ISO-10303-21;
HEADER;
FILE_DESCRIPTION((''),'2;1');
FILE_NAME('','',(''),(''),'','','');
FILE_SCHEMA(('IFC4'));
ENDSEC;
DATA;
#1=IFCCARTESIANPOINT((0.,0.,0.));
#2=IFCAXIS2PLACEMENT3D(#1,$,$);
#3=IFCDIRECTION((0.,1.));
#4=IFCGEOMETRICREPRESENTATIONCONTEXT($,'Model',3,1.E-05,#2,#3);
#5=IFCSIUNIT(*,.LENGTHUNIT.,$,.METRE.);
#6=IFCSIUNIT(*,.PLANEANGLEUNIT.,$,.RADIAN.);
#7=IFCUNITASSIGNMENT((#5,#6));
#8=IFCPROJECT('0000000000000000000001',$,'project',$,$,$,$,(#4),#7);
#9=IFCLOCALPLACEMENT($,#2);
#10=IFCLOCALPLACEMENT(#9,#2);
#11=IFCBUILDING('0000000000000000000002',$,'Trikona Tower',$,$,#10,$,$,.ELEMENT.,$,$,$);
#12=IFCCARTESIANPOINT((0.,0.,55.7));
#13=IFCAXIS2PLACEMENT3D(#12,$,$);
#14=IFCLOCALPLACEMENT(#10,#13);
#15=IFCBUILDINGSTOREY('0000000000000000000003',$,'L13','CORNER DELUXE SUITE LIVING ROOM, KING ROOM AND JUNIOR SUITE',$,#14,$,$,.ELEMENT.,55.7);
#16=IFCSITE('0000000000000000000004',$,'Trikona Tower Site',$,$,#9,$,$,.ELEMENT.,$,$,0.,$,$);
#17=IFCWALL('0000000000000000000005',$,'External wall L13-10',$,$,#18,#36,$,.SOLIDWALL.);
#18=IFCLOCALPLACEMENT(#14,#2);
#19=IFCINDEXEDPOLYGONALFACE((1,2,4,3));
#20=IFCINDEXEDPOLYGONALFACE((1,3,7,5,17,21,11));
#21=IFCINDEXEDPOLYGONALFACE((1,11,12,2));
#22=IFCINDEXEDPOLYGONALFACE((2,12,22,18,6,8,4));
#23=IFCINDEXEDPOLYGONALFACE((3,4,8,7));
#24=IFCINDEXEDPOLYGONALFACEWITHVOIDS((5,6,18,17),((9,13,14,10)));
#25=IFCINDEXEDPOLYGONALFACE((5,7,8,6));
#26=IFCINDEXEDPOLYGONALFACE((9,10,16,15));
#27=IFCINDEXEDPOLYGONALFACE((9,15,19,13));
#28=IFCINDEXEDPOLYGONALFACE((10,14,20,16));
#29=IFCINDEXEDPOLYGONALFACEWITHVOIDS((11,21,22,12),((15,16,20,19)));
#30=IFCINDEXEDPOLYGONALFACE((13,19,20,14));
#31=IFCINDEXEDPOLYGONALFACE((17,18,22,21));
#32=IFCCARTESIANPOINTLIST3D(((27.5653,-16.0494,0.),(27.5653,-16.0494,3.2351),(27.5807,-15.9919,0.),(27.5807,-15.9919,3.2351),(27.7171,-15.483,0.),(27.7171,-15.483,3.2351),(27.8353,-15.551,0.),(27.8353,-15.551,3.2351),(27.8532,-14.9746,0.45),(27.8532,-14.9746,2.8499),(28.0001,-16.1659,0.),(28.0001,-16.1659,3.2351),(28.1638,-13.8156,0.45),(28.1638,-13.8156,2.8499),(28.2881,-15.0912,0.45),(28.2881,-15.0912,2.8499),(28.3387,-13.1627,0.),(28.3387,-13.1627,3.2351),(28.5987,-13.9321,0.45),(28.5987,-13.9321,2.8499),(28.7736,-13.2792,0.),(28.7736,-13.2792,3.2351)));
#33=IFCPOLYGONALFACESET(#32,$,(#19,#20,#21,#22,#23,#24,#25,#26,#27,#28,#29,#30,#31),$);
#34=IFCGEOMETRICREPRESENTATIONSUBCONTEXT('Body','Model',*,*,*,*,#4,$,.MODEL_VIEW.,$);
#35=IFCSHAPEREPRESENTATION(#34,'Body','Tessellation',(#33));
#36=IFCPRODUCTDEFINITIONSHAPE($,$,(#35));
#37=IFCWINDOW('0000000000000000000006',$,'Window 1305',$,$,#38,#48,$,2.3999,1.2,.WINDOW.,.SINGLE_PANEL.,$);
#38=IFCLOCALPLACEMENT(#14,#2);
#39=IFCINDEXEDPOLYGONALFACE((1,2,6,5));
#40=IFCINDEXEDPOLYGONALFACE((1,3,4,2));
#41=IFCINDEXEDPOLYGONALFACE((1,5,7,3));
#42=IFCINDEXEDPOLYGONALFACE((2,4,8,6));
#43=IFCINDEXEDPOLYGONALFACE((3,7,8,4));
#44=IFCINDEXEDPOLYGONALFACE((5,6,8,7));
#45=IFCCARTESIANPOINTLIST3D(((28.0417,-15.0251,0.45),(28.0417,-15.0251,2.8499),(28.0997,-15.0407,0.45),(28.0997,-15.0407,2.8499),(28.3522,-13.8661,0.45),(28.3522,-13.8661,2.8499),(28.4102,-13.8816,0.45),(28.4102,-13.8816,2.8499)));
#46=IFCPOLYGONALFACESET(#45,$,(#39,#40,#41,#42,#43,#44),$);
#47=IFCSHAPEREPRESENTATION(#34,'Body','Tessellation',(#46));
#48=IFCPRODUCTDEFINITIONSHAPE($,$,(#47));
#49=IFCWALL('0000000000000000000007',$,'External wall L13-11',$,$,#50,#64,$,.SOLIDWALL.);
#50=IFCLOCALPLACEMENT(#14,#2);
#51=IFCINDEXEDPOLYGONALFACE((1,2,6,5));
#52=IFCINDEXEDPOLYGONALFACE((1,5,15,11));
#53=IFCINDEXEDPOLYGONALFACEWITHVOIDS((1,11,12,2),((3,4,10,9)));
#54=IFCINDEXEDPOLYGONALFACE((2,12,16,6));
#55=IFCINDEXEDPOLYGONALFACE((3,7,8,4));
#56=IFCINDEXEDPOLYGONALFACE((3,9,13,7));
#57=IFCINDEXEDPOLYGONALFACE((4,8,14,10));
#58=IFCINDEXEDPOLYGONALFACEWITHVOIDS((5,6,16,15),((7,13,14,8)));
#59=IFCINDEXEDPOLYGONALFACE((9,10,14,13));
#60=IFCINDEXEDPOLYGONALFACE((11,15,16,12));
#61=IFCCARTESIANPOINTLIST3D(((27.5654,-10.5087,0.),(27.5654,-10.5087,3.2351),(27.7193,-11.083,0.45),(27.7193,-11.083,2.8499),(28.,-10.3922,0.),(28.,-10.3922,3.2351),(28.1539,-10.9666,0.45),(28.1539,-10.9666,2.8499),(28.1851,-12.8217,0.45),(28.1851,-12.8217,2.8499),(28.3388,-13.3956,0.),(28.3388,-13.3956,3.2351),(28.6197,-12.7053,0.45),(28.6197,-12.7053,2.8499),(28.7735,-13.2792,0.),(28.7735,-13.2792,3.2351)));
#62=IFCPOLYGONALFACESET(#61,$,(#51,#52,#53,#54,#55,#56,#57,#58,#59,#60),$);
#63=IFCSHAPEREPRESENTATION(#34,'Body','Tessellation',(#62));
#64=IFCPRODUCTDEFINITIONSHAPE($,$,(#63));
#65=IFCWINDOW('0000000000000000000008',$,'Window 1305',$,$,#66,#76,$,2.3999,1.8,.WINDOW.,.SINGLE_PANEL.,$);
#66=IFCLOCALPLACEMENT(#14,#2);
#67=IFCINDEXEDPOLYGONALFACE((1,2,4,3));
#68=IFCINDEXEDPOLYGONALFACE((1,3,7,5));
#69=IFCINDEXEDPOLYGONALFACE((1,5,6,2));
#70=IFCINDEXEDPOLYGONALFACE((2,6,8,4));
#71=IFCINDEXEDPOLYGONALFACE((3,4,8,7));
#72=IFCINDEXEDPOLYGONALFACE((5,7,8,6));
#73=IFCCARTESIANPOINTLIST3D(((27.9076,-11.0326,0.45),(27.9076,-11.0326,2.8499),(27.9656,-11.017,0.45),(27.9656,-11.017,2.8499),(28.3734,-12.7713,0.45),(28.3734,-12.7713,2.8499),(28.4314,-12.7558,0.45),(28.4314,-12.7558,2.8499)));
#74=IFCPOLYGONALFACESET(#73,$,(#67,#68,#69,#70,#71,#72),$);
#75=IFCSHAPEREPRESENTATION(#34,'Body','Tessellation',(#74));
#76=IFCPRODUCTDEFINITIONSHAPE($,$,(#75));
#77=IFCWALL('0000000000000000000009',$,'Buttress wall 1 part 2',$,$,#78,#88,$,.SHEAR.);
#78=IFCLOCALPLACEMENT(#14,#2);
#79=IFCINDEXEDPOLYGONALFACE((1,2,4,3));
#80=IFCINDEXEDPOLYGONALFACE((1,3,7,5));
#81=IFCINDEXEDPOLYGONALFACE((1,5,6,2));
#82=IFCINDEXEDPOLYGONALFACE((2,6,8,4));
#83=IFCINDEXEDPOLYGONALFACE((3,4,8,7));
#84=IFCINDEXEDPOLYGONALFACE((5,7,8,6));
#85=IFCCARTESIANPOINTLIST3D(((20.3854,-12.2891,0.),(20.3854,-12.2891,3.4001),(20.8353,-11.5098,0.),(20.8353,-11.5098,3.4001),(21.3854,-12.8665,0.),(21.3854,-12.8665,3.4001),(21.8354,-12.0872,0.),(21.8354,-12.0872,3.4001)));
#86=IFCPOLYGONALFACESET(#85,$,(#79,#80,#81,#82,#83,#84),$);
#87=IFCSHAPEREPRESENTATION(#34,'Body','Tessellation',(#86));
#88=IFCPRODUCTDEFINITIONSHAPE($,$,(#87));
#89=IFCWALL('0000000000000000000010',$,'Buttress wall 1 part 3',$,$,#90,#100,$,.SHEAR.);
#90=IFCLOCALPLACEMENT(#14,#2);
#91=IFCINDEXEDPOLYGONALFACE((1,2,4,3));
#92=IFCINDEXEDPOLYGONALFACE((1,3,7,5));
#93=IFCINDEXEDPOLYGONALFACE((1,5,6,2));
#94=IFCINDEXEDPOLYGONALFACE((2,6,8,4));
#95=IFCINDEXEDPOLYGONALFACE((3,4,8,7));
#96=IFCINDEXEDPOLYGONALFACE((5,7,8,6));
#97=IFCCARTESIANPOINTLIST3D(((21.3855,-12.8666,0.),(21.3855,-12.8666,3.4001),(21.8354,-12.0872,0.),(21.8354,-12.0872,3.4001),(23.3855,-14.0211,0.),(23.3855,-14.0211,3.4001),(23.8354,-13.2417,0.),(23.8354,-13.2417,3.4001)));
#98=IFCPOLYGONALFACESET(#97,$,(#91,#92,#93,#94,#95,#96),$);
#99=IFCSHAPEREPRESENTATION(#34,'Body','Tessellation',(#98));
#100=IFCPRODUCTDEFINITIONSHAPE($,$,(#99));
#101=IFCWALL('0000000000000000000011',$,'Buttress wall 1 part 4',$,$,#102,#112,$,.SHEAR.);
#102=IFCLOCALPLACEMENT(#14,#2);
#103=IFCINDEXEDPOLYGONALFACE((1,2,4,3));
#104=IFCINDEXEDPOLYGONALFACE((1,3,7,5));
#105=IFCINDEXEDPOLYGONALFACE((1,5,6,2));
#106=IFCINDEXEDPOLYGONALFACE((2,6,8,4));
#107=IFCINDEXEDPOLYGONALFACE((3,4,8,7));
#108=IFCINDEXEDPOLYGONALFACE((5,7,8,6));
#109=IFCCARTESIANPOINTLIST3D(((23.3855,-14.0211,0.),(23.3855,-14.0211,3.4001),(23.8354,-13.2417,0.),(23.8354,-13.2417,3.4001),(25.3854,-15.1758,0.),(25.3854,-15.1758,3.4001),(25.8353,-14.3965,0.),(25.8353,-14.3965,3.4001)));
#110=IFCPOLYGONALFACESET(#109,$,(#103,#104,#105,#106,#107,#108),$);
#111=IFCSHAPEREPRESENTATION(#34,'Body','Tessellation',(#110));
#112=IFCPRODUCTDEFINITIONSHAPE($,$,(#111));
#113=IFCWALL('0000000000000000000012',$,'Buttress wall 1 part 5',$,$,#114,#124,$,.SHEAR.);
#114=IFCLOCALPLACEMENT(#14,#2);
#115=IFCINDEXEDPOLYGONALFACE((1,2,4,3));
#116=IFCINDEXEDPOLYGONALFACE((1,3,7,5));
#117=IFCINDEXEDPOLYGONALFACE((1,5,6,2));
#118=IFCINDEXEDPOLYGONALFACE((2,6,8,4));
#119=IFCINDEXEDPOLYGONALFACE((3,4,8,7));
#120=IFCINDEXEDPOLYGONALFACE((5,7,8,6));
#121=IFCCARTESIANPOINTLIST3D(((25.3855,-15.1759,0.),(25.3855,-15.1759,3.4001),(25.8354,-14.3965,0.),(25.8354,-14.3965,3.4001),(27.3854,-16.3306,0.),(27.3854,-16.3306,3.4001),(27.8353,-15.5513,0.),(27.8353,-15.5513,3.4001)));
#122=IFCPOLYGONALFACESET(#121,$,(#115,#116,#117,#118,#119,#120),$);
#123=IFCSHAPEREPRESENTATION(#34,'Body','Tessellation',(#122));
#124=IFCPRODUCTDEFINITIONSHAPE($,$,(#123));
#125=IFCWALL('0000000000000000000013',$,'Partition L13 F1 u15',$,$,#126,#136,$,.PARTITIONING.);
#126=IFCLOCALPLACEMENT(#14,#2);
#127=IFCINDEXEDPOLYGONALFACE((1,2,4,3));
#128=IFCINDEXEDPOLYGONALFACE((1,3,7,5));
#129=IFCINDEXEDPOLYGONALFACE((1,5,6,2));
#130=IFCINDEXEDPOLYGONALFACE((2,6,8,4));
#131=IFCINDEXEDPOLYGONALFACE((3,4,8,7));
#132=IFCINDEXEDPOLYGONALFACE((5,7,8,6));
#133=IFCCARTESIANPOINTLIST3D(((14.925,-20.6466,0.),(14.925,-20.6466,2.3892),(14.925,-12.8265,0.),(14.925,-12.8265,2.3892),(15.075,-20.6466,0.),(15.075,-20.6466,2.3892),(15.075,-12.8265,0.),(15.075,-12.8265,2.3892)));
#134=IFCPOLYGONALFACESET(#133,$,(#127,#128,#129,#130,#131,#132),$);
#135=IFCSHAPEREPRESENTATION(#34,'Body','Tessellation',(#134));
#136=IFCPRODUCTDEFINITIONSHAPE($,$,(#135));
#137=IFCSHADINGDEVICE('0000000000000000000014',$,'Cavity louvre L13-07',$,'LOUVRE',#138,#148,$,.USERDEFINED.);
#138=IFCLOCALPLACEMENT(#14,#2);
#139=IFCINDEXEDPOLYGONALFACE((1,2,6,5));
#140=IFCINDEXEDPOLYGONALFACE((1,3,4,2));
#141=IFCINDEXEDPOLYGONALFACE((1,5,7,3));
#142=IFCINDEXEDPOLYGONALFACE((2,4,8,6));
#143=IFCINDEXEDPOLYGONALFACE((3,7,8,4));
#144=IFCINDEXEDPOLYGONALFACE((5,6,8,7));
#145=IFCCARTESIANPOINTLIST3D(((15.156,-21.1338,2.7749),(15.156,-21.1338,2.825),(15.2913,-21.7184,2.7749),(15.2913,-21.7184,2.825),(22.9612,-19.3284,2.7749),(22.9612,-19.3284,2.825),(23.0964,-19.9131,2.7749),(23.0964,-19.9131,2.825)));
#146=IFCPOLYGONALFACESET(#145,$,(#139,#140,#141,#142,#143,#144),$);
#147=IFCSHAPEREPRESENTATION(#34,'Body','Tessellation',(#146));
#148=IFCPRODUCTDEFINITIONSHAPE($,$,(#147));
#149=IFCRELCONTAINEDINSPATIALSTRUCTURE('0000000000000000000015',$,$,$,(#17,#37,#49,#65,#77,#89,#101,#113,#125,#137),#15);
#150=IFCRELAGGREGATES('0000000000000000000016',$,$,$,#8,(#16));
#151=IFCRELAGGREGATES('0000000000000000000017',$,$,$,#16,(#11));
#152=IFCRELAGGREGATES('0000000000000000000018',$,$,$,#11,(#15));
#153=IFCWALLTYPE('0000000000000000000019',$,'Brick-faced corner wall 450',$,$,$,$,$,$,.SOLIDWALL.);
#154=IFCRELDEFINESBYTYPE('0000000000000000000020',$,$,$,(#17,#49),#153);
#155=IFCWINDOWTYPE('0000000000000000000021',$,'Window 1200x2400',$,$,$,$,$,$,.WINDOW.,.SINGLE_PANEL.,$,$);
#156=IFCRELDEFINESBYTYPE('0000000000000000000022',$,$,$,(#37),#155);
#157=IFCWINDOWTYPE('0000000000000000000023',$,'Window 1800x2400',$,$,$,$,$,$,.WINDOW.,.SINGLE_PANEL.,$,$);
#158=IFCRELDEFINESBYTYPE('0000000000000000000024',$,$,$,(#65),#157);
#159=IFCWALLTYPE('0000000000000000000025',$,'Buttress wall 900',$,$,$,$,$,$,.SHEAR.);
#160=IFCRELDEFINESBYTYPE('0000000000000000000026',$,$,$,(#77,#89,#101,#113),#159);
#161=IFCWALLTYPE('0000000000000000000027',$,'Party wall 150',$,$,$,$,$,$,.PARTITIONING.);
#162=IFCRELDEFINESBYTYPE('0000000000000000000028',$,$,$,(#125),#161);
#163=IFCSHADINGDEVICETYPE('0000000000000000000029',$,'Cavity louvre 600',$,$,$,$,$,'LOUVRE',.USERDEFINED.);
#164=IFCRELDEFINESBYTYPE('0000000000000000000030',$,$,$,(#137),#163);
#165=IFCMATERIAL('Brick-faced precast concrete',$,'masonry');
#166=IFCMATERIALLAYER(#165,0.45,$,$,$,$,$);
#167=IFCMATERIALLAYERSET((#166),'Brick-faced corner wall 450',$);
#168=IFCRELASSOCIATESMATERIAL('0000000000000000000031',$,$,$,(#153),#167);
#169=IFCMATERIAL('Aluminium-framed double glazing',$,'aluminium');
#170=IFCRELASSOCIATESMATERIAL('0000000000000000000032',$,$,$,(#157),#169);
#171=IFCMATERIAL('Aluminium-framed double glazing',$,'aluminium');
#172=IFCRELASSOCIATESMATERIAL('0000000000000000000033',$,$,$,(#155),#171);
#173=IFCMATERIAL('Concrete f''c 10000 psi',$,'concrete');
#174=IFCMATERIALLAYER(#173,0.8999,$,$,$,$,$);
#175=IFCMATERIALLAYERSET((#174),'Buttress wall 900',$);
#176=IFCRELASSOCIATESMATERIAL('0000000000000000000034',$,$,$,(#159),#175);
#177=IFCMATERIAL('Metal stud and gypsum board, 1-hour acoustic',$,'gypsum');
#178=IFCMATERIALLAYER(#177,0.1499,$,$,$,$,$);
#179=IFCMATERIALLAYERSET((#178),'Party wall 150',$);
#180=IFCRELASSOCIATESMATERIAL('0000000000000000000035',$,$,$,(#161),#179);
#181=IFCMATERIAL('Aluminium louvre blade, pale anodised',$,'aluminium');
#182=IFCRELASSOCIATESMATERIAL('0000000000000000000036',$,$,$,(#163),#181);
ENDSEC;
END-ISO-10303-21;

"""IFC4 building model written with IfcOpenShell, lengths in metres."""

from ifc_helpers import new_model, si_unit, direction, frame, frame_2d, origin, origin_2d, place, context, subcontext, project, spatial, polyline, rectangle, outline, extrude, material, layer, layer_set, type_object, element, fill, save


model = new_model("IFC4")

# Units and contexts
model_context = context("Model", 3, precision=1e-05, world=origin(), true_north=direction((0.0, 1.0)))
body_context = subcontext(model_context, "Body", "Model", "MODEL_VIEW")
ifc_project = project(units=[si_unit("LENGTHUNIT", "METRE"), si_unit("PLANEANGLEUNIT", "RADIAN")], contexts=[model_context])

# Site, building, storey
site_placement = place(None, origin())
site = spatial("IfcSite", under=ifc_project, at=site_placement, Name="Trikona Tower Site", CompositionType="ELEMENT", RefElevation=0.0)
building_placement = place(site_placement, origin())
building = spatial("IfcBuilding", under=site, at=building_placement, Name="Trikona Tower", CompositionType="ELEMENT")
storey_placement = place(building_placement, frame((0.0, 0.0, 55.7)))
storey = spatial("IfcBuildingStorey", under=building, at=storey_placement, Name="L13", Description="CORNER DELUXE SUITE LIVING ROOM, KING ROOM AND JUNIOR SUITE", CompositionType="ELEMENT", Elevation=55.7)

# Walls, openings, windows
ifc_material_1 = material(Name="Brick-faced precast concrete", Category="masonry")
ifc_layer_1 = layer(ifc_material_1, 0.45)
ifc_layer_set_1 = layer_set([ifc_layer_1], Name="Brick-faced corner wall 450")
wall_type_1 = type_object("IfcWallType", Name="Brick-faced corner wall 450", PredefinedType="SOLIDWALL", material=ifc_layer_set_1)
ifc_material_2 = material(Name="Aluminium-framed double glazing", Category="aluminium")
window_type_1 = type_object("IfcWindowType", Name="Window 1800x2400", PartitioningType="SINGLE_PANEL", PredefinedType="WINDOW", material=ifc_material_2)
ifc_material_3 = material(Name="Aluminium-framed double glazing", Category="aluminium")
window_type_2 = type_object("IfcWindowType", Name="Window 1200x2400", PartitioningType="SINGLE_PANEL", PredefinedType="WINDOW", material=ifc_material_3)
wall_1_placement = place(storey_placement, frame((27.7827, -16.1077, 0.0), z_axis=(0.0, 0.0, 1.0), x_axis=(0.258801, 0.965931, 0.0)))
wall_1 = element("IfcWall", 1, at=wall_1_placement, inside=storey, type_object=wall_type_1, Name="External wall L13-10", PredefinedType="SOLIDWALL", context=body_context, shape_type="SweptSolid", body=[
    extrude(outline(polyline([(2.9885, 0.2251), (0.5864, 0.2251), (0.5513, 0.0933), (0.0596, 0.2251), (0.0, 0.2251), (0.0, -0.2251), (2.9885, -0.2251), (2.9885, 0.2251)])), origin(), (0.0, 0.0, 1.0), 3.2351),
])
opening_1_placement = place(wall_1_placement, frame((1.1125, 0.0, 0.45)))
opening_1 = element("IfcOpeningElement", 2, at=opening_1_placement, cuts=wall_1, PredefinedType="OPENING", context=body_context, shape_type="SweptSolid", body=[
    extrude(rectangle(XDim=1.2, YDim=2.3999, at=frame_2d((0.6001, 1.2))), frame((0.0, 0.2349, 0.0), z_axis=(0.0, -1.0, 0.0), x_axis=(1.0, 0.0, 0.0)), (0.0, 0.0, 1.0), 0.47),
])
window_1_placement = place(opening_1_placement, origin())
window_1 = element("IfcWindow", 3, at=window_1_placement, inside=storey, type_object=window_type_2, Name="Window 1305", OverallHeight=2.3999, OverallWidth=1.2, PartitioningType="SINGLE_PANEL", PredefinedType="WINDOW", context=body_context, shape_type="SweptSolid", body=[
    extrude(rectangle(XDim=1.2, YDim=2.3999, at=frame_2d((0.6001, 1.2))), frame((0.0, 0.03, 0.0), z_axis=(0.0, -1.0, 0.0), x_axis=(1.0, 0.0, 0.0)), (0.0, 0.0, 1.0), 0.0601),
])
fill(opening_1, window_1)
wall_2_placement = place(storey_placement, frame((28.5562, -13.3374, 0.0), z_axis=(0.0, 0.0, 1.0), x_axis=(-0.258781, 0.965936, 0.0)))
wall_2 = element("IfcWall", 4, at=wall_2_placement, inside=storey, type_object=wall_type_1, Name="External wall L13-11", PredefinedType="SOLIDWALL", context=body_context, shape_type="SweptSolid", body=[
    extrude(rectangle(XDim=2.9888, YDim=0.45, at=frame_2d((1.4944, 0.0))), origin(), (0.0, 0.0, 1.0), 3.2351),
])
opening_2_placement = place(wall_2_placement, frame((0.5942, 0.0, 0.45)))
opening_2 = element("IfcOpeningElement", 5, at=opening_2_placement, cuts=wall_2, PredefinedType="OPENING", context=body_context, shape_type="SweptSolid", body=[
    extrude(rectangle(XDim=1.8, YDim=2.3999, at=frame_2d((0.8999, 1.2))), frame((0.0, 0.2349, 0.0), z_axis=(0.0, -1.0, 0.0), x_axis=(1.0, 0.0, 0.0)), (0.0, 0.0, 1.0), 0.47),
])
window_2_placement = place(opening_2_placement, origin())
window_2 = element("IfcWindow", 6, at=window_2_placement, inside=storey, type_object=window_type_1, Name="Window 1305", OverallHeight=2.3999, OverallWidth=1.8, PartitioningType="SINGLE_PANEL", PredefinedType="WINDOW", context=body_context, shape_type="SweptSolid", body=[
    extrude(rectangle(XDim=1.8, YDim=2.3999, at=frame_2d((0.8999, 1.2))), frame((0.0, 0.03, 0.0), z_axis=(0.0, -1.0, 0.0), x_axis=(1.0, 0.0, 0.0)), (0.0, 0.0, 1.0), 0.0601),
])
fill(opening_2, window_2)

# Walls
ifc_material_4 = material(Name="Concrete f'c 10000 psi", Category="concrete")
ifc_layer_2 = layer(ifc_material_4, 0.8999)
ifc_layer_set_2 = layer_set([ifc_layer_2], Name="Buttress wall 900")
wall_type_2 = type_object("IfcWallType", Name="Buttress wall 900", PredefinedType="SHEAR", material=ifc_layer_set_2)
wall_3_placement = place(storey_placement, frame((20.6104, -11.8994, 0.0), z_axis=(0.0, 0.0, 1.0), x_axis=(0.86601, -0.500027, 0.0)))
element("IfcWall", 7, at=wall_3_placement, inside=storey, type_object=wall_type_2, Name="Buttress wall 1 part 2", PredefinedType="SHEAR", context=body_context, shape_type="SweptSolid", body=[
    extrude(rectangle(XDim=1.1548, YDim=0.8999, at=frame_2d((0.5774, 0.0))), origin(), (0.0, 0.0, 1.0), 3.4001),
])
for number, where, z_axis, x_axis, name in (
    (8, (21.6104, -12.4768, 0.0), (0.0, 0.0, 1.0), (0.866055, -0.499948, 0.0), "Buttress wall 1 part 3"),
    (9, (23.6104, -13.6313, 0.0), (0.0, 0.0, 1.0), (0.86601, -0.500027, 0.0), "Buttress wall 1 part 4"),
    (10, (25.6104, -14.7861, 0.0), (0.0, 0.0, 1.0), (0.86601, -0.500027, 0.0), "Buttress wall 1 part 5"),
):
    element("IfcWall", number, at=place(storey_placement, frame(where, z_axis=z_axis, x_axis=x_axis)), inside=storey, type_object=wall_type_2, Name=name, PredefinedType="SHEAR", context=body_context, shape_type="SweptSolid", body=[
        extrude(rectangle(XDim=2.3093, YDim=0.8999, at=frame_2d((1.1548, 0.0))), origin(), (0.0, 0.0, 1.0), 3.4001),
    ])
ifc_material_5 = material(Name="Metal stud and gypsum board, 1-hour acoustic", Category="gypsum")
ifc_layer_3 = layer(ifc_material_5, 0.1499)
ifc_layer_set_3 = layer_set([ifc_layer_3], Name="Party wall 150")
wall_type_3 = type_object("IfcWallType", Name="Party wall 150", PredefinedType="PARTITIONING", material=ifc_layer_set_3)
wall_4_placement = place(storey_placement, frame((15.0, -12.8264, 0.0), z_axis=(0.0, 0.0, 1.0), x_axis=(0.0, -1.0, 0.0)))
element("IfcWall", 11, at=wall_4_placement, inside=storey, type_object=wall_type_3, Name="Partition L13 F1 u15", PredefinedType="PARTITIONING", context=body_context, shape_type="SweptSolid", body=[
    extrude(rectangle(XDim=7.8201, YDim=0.1499, at=frame_2d((3.9102, 0.0))), origin(), (0.0, 0.0, 1.0), 2.3892),
])

# Shading device
ifc_material_6 = material(Name="Aluminium louvre blade, pale anodised", Category="aluminium")
shading_device_type = type_object("IfcShadingDeviceType", Name="Cavity louvre 600", ElementType="LOUVRE", PredefinedType="USERDEFINED", material=ifc_material_6)
shading_device_placement = place(storey_placement, frame((19.1262, -20.5234, 2.7749), z_axis=(0.0, 0.0, 1.0), x_axis=(0.974278, 0.225351, 0.0)))
element("IfcShadingDevice", 12, at=shading_device_placement, inside=storey, type_object=shading_device_type, Name="Cavity louvre L13-07", ObjectType="LOUVRE", PredefinedType="USERDEFINED", context=body_context, shape_type="SweptSolid", body=[
    extrude(rectangle(XDim=8.0112, YDim=0.6001, at=origin_2d()), origin(), (0.0, 0.0, 1.0), 0.05),
])

save(model, "model.ifc")
